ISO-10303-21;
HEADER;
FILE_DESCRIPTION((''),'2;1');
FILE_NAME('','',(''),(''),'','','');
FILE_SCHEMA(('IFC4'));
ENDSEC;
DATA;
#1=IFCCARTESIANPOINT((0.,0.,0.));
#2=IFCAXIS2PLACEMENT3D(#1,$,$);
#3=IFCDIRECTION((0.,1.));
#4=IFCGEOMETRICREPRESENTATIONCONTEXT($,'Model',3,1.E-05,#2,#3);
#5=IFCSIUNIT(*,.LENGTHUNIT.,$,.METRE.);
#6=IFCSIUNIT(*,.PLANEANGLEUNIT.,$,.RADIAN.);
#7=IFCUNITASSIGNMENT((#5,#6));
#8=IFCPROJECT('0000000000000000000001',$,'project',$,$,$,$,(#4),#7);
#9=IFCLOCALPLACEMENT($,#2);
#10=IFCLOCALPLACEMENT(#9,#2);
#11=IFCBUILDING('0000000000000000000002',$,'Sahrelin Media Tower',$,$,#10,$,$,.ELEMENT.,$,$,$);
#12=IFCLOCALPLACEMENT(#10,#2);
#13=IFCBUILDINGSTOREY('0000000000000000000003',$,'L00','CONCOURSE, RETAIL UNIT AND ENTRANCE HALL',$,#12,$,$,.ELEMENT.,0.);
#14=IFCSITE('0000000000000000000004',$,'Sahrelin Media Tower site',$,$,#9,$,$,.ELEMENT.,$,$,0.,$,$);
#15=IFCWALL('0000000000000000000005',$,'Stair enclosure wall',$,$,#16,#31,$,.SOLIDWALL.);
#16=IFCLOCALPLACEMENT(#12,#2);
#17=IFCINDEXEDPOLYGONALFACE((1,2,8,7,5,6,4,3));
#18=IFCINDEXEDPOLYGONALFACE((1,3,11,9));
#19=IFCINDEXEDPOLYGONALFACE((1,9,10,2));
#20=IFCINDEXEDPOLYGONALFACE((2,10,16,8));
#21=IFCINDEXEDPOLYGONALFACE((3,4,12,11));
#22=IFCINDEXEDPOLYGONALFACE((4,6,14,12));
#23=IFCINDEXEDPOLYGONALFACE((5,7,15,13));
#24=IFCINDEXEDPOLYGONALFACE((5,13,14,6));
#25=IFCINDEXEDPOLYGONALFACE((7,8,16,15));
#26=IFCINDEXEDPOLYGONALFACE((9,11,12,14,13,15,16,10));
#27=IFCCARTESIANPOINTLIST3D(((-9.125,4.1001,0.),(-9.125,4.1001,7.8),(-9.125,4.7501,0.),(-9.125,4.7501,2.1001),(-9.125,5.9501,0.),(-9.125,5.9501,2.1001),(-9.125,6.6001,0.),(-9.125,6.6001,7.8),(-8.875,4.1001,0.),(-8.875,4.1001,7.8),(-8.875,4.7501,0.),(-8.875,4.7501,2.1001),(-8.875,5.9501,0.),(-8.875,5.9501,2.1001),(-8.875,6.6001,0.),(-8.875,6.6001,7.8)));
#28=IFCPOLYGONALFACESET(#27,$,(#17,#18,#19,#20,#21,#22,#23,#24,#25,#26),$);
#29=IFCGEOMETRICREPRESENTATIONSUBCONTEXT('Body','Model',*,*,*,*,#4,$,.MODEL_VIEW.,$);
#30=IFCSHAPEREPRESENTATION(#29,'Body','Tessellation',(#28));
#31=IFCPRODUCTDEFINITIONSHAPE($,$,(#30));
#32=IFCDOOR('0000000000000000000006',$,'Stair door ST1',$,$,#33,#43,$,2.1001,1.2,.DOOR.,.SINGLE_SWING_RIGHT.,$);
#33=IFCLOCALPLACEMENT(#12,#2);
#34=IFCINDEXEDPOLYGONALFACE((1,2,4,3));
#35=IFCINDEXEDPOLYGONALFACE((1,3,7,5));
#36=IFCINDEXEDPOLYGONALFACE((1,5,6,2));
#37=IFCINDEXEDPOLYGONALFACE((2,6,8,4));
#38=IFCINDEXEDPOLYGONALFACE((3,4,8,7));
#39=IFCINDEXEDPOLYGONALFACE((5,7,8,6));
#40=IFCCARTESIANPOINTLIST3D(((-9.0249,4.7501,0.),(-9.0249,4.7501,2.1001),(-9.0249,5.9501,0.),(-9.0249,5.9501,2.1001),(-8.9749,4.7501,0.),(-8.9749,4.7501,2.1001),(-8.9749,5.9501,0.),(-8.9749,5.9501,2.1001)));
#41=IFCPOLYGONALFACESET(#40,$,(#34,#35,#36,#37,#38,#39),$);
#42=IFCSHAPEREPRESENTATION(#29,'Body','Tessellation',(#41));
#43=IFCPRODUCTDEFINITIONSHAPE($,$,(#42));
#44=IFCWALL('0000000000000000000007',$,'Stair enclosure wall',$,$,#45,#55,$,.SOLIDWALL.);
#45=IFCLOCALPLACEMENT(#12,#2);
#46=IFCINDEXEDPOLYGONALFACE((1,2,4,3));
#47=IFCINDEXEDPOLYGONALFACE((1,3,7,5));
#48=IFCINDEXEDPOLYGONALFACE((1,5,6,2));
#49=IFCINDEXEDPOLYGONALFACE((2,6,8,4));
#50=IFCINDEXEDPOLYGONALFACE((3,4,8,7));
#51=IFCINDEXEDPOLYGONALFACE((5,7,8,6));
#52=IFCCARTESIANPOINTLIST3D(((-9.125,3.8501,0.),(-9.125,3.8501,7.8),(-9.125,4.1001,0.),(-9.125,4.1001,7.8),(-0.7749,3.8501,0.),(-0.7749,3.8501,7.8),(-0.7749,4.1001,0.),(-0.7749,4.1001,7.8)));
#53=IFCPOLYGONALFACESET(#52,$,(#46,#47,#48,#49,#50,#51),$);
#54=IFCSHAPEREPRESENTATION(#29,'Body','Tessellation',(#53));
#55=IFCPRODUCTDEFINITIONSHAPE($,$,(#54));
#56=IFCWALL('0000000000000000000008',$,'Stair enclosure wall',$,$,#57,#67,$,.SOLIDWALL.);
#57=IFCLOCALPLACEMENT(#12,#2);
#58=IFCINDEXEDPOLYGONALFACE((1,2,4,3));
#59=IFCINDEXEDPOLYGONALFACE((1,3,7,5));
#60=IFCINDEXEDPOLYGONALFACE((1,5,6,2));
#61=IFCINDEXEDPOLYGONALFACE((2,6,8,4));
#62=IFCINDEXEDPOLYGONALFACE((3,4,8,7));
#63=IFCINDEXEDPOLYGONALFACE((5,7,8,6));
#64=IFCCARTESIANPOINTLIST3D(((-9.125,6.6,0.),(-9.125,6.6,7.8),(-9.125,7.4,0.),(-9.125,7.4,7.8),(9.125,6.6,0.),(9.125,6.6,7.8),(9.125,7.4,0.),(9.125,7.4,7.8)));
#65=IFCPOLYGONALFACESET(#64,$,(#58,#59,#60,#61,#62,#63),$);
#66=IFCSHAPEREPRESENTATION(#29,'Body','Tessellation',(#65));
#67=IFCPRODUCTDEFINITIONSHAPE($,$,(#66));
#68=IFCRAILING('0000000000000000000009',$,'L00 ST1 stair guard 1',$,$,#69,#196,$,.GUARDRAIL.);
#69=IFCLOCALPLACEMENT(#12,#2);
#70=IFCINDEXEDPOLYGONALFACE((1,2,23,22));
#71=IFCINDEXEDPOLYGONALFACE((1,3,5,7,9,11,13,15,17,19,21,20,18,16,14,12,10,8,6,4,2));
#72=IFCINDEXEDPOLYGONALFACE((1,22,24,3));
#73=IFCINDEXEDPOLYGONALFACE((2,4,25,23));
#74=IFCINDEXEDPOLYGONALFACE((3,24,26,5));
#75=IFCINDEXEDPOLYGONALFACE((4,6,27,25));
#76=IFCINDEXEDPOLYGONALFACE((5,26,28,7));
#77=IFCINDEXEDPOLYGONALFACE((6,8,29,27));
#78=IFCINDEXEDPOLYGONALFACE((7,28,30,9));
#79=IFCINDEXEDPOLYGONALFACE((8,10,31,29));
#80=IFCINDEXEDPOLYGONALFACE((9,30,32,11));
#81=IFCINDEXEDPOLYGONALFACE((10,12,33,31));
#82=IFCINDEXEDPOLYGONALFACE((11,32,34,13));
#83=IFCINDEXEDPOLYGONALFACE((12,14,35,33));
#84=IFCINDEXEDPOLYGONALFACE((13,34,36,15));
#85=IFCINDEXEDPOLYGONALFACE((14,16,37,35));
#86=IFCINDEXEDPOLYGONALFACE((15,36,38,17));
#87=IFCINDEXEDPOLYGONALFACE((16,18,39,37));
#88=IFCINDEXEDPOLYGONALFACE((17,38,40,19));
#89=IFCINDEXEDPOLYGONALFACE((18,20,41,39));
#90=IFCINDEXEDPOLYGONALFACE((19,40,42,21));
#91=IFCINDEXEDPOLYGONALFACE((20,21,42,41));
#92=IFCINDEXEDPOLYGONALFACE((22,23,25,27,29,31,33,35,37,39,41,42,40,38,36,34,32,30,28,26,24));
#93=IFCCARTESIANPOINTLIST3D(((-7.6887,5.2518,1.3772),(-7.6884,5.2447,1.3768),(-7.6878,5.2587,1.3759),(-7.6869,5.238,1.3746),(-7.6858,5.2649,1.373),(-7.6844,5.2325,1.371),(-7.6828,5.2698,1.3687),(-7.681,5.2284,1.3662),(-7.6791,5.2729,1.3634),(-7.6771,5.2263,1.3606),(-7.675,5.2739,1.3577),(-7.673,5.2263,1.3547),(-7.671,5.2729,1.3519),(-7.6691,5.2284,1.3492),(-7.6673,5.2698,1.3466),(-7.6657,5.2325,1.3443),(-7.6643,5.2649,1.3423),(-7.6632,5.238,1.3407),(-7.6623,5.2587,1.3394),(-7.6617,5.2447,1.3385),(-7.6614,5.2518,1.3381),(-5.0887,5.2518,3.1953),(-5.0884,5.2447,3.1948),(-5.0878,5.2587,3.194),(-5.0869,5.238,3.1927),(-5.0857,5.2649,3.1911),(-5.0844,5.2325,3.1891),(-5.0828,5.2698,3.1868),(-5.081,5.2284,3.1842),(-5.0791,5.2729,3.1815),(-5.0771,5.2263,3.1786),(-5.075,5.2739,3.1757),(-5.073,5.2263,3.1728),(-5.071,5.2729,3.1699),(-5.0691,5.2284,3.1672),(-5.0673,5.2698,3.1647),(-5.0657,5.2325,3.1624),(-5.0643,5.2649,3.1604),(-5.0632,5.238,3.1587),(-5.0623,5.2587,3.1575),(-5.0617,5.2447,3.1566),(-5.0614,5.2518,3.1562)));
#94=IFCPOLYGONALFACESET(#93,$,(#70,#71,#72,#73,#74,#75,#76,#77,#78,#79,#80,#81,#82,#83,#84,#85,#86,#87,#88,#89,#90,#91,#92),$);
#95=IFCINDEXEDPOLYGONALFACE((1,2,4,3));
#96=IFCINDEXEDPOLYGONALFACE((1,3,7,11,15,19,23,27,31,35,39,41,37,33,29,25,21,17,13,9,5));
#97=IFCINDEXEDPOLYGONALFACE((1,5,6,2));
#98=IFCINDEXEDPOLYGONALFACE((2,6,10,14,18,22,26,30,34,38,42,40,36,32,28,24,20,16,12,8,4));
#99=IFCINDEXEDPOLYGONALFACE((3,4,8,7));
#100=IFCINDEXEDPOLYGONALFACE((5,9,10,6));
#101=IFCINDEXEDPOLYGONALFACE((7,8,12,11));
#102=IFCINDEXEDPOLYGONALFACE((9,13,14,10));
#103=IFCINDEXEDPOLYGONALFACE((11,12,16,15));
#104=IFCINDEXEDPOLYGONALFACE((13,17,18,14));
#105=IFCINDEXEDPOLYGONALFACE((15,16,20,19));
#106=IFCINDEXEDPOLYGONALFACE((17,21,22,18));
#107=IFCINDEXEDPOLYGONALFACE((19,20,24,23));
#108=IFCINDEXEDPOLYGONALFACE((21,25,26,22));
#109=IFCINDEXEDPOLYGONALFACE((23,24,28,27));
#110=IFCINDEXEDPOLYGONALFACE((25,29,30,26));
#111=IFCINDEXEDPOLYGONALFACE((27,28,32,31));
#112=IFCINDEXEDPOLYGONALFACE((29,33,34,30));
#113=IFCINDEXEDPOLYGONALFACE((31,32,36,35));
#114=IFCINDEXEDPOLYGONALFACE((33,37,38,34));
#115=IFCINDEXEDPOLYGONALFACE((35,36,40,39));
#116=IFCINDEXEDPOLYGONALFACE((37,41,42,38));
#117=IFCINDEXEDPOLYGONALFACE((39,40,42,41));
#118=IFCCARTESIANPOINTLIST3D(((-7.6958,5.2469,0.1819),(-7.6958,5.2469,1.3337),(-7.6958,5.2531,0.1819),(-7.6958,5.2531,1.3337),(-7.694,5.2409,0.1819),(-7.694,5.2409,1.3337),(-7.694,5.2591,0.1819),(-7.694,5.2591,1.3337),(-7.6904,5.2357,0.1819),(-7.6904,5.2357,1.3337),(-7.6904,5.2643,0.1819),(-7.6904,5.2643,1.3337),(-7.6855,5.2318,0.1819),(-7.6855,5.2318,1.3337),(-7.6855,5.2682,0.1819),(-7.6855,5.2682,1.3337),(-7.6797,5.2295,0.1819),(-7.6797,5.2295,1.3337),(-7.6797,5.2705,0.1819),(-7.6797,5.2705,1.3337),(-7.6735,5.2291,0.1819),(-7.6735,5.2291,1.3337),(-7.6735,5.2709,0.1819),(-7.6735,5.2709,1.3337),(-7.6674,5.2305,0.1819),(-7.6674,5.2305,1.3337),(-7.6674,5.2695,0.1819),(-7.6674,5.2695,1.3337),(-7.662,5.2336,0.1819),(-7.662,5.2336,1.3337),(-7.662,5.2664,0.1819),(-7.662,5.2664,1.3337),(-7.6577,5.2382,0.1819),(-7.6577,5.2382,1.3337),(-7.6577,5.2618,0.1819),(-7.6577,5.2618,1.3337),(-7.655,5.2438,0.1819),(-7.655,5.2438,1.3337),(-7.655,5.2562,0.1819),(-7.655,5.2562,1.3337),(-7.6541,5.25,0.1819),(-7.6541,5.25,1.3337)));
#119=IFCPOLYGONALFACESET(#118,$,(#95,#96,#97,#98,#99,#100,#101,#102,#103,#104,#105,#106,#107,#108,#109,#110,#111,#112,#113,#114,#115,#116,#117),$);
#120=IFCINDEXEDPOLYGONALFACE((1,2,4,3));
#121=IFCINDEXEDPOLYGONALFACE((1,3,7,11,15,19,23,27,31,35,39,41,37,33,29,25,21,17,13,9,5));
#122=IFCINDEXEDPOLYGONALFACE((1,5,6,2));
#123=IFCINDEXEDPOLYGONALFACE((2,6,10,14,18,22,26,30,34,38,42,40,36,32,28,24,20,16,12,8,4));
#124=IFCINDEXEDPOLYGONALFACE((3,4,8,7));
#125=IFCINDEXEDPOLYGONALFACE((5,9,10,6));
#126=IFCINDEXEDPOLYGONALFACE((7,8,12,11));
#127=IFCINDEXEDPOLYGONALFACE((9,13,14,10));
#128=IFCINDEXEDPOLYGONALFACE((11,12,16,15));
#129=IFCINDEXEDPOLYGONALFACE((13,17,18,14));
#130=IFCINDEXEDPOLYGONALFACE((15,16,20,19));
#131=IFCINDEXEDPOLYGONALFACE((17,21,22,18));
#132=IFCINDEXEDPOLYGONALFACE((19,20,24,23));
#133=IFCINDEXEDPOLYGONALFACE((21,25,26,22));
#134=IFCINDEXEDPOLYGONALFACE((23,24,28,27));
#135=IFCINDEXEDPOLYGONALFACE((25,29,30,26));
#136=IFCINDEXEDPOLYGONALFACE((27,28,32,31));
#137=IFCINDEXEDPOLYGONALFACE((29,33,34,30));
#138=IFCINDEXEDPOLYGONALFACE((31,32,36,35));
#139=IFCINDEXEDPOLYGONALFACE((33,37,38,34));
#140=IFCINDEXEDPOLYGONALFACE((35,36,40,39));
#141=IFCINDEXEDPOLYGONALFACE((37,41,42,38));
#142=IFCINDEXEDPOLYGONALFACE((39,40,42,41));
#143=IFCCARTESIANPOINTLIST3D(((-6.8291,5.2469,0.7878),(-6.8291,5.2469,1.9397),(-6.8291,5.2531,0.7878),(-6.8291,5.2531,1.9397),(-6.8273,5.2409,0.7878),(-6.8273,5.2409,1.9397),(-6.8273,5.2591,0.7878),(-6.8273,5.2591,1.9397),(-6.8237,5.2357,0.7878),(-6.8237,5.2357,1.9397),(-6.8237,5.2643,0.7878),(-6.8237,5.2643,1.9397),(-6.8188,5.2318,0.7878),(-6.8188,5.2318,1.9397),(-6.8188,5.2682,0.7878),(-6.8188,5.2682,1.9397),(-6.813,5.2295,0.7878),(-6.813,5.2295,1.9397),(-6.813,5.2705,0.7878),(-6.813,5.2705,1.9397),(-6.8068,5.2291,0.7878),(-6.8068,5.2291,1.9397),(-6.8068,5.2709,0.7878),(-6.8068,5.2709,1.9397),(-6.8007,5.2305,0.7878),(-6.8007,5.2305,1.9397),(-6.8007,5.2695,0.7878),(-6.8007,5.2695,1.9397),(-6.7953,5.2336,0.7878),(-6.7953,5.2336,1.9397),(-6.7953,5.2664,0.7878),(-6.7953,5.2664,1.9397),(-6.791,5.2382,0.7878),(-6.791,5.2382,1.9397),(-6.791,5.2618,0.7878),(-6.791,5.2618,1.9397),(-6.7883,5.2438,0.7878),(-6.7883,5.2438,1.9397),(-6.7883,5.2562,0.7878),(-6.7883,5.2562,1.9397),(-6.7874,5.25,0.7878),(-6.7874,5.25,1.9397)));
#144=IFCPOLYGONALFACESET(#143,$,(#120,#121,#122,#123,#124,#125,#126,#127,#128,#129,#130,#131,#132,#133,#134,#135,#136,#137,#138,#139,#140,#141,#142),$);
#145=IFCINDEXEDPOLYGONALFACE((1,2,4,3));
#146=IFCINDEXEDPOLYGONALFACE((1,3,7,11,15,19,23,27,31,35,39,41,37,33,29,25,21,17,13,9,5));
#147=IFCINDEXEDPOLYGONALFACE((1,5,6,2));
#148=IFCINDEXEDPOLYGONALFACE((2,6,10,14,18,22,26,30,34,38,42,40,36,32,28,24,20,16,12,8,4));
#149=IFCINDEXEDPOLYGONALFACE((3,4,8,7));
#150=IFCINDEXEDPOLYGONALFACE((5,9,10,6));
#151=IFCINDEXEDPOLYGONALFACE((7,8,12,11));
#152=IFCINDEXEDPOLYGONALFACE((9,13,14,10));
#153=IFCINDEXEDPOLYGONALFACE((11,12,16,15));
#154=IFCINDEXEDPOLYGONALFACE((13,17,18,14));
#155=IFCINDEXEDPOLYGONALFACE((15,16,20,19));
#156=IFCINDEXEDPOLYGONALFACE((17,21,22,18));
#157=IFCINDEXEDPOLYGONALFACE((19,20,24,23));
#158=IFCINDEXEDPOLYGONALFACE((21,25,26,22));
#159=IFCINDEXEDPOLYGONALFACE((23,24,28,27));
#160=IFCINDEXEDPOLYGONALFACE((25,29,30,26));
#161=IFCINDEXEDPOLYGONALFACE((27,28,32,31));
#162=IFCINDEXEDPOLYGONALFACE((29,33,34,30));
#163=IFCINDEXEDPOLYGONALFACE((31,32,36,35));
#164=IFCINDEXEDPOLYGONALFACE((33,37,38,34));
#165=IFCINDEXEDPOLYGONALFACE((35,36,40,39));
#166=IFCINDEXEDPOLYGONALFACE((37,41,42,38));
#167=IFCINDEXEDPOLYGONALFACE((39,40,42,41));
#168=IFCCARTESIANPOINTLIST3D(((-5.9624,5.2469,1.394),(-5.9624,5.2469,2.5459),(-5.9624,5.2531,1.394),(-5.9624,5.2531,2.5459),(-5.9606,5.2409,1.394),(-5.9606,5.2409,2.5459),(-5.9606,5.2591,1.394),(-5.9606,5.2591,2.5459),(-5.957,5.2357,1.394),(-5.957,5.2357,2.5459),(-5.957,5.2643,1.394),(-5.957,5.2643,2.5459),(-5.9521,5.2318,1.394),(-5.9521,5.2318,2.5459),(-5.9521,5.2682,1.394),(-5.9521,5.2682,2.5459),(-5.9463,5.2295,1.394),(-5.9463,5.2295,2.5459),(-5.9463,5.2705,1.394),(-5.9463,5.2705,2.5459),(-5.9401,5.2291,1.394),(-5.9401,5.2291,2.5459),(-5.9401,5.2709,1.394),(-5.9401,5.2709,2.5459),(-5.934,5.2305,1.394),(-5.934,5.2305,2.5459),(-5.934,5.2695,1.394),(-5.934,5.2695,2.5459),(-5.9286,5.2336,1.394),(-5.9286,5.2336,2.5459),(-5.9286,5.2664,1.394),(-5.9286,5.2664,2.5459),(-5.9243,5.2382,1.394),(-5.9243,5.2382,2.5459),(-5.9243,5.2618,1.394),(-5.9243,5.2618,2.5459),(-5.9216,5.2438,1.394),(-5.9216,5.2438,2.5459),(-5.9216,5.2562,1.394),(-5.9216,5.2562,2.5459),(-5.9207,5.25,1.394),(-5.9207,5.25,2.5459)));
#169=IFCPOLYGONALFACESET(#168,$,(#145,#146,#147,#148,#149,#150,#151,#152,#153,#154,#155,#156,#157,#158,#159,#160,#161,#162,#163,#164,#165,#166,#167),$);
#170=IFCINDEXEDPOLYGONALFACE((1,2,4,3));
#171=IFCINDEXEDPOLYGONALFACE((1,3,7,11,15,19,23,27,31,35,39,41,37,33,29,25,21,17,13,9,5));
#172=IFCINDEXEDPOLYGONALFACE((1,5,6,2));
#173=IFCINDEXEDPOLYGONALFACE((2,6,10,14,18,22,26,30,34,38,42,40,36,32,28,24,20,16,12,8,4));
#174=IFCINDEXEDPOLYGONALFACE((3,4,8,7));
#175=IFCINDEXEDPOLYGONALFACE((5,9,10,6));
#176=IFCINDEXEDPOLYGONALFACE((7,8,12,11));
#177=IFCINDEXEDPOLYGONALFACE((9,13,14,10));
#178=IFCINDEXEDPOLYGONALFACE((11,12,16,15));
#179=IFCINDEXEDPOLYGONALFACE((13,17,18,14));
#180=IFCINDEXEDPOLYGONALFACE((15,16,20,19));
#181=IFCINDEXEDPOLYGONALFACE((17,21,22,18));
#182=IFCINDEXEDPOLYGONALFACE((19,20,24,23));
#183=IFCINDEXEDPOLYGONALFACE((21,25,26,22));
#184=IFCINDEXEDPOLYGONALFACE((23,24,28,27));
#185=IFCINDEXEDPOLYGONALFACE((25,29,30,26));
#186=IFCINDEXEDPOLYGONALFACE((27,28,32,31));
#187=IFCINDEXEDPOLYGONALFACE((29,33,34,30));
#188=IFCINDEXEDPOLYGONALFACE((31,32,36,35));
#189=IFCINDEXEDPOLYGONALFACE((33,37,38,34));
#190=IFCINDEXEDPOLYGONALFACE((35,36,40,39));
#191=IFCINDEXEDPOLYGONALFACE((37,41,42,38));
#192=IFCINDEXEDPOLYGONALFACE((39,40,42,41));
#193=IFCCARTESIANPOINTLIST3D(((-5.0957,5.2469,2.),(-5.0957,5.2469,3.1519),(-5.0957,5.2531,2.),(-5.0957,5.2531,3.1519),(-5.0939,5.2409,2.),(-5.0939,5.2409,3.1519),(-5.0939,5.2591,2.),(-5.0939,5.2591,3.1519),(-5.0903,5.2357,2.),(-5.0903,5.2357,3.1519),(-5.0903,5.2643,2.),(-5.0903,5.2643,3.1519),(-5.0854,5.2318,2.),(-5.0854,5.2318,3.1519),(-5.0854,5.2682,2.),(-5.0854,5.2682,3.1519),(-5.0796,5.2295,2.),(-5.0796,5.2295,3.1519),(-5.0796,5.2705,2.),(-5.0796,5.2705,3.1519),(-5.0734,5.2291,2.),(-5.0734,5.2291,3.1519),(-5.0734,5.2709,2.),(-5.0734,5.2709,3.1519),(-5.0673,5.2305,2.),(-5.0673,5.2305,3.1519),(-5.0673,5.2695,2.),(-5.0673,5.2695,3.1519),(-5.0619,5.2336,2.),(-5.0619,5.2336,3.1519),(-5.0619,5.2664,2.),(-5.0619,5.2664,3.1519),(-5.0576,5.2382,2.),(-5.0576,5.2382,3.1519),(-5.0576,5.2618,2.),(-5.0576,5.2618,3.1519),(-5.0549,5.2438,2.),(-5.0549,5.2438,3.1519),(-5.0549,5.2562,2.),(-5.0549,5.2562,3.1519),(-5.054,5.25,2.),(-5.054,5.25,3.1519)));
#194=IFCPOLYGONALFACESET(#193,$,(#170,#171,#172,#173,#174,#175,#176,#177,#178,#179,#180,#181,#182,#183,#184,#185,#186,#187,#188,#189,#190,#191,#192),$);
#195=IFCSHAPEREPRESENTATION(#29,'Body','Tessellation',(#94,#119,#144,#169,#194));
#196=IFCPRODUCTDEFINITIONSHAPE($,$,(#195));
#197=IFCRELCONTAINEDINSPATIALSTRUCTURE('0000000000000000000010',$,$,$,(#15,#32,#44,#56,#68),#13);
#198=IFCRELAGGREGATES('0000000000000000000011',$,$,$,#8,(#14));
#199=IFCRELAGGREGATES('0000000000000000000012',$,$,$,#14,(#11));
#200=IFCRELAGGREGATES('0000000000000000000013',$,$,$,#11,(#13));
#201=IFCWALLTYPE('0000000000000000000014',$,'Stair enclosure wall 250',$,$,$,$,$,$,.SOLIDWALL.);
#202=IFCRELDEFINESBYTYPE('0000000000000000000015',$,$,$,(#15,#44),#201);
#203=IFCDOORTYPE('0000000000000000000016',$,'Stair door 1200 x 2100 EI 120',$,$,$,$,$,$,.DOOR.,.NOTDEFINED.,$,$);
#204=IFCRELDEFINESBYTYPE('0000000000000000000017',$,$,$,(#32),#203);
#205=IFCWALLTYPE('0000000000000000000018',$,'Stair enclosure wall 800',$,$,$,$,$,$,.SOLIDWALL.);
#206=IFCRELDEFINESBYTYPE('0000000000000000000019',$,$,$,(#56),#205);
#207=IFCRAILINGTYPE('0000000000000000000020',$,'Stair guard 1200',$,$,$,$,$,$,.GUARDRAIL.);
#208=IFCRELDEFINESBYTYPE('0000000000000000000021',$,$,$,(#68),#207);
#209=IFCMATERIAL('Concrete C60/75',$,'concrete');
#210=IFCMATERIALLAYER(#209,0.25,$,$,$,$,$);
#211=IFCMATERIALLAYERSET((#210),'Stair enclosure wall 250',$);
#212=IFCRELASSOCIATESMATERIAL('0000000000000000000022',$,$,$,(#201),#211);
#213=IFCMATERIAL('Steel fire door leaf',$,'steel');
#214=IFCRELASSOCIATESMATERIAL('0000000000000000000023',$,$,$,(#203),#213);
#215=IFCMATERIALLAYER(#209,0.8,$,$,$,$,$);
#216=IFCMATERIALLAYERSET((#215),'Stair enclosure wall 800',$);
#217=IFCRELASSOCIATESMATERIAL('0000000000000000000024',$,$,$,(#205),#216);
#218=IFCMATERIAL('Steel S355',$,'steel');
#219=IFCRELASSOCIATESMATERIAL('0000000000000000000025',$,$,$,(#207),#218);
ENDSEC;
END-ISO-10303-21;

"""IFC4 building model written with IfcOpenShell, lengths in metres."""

from ifc_helpers import new_model, si_unit, direction, frame, frame_2d, origin, origin_2d, place, context, subcontext, project, spatial, rectangle, circle, extrude, material, layer, layer_set, type_object, element, fill, save


model = new_model("IFC4")

# Units and contexts
model_context = context("Model", 3, precision=1e-05, world=origin(), true_north=direction((0.0, 1.0)))
body_context = subcontext(model_context, "Body", "Model", "MODEL_VIEW")
ifc_project = project(units=[si_unit("LENGTHUNIT", "METRE"), si_unit("PLANEANGLEUNIT", "RADIAN")], contexts=[model_context])

# Site, building, storey
site_placement = place(None, origin())
site = spatial("IfcSite", under=ifc_project, at=site_placement, Name="Sahrelin Media Tower site", CompositionType="ELEMENT", RefElevation=0.0)
building_placement = place(site_placement, origin())
building = spatial("IfcBuilding", under=site, at=building_placement, Name="Sahrelin Media Tower", CompositionType="ELEMENT")
storey_placement = place(building_placement, origin())
storey = spatial("IfcBuildingStorey", under=building, at=storey_placement, Name="L00", Description="CONCOURSE, RETAIL UNIT AND ENTRANCE HALL", CompositionType="ELEMENT", Elevation=0.0)

# Shared definitions
ifc_material_1 = material(Name="Steel S355", Category="steel")

# Shared definitions
ifc_material_2 = material(Name="Concrete C60/75", Category="concrete")
ifc_material_3 = material(Name="Steel fire door leaf", Category="steel")

# Wall, opening, door
ifc_layer_1 = layer(ifc_material_2, 0.25)
ifc_layer_set_1 = layer_set([ifc_layer_1], Name="Stair enclosure wall 250")
wall_type_1 = type_object("IfcWallType", Name="Stair enclosure wall 250", PredefinedType="SOLIDWALL", material=ifc_layer_set_1)
wall_1_placement = place(storey_placement, frame((-9.0, 4.1001, 0.0), z_axis=(0.0, 0.0, 1.0), x_axis=(0.0, 1.0, 0.0)))
wall_1 = element("IfcWall", 1, at=wall_1_placement, inside=storey, type_object=wall_type_1, Name="Stair enclosure wall", PredefinedType="SOLIDWALL", context=body_context, shape_type="SweptSolid", body=[
    extrude(rectangle(XDim=2.5, YDim=0.25, at=frame_2d((1.25, 0.0))), origin(), (0.0, 0.0, 1.0), 7.8),
])
opening_1_placement = place(wall_1_placement, frame((0.6499, 0.0, 0.0)))
opening_1 = element("IfcOpeningElement", 2, at=opening_1_placement, cuts=wall_1, PredefinedType="OPENING", context=body_context, shape_type="SweptSolid", body=[
    extrude(rectangle(XDim=1.2, YDim=2.1001, at=frame_2d((0.6001, 1.05))), frame((0.0, 0.125, 0.0), z_axis=(0.0, -1.0, 0.0), x_axis=(1.0, 0.0, 0.0)), (0.0, 0.0, 1.0), 0.25),
])
door_type_1 = type_object("IfcDoorType", Name="Stair door 1200 x 2100 EI 120", OperationType="NOTDEFINED", PredefinedType="DOOR", material=ifc_material_3)
door_1_placement = place(opening_1_placement, origin())
door_1 = element("IfcDoor", 3, at=door_1_placement, inside=storey, type_object=door_type_1, Name="Stair door ST1", OperationType="SINGLE_SWING_RIGHT", OverallHeight=2.1001, OverallWidth=1.2, PredefinedType="DOOR", context=body_context, shape_type="SweptSolid", body=[
    extrude(rectangle(XDim=1.2, YDim=2.1001, at=frame_2d((0.6001, 1.05))), frame((0.0, 0.0249, 0.0), z_axis=(0.0, -1.0, 0.0), x_axis=(1.0, 0.0, 0.0)), (0.0, 0.0, 1.0), 0.05),
])
fill(opening_1, door_1)

# Walls
wall_2_placement = place(storey_placement, frame((-9.125, 3.9751, 0.0), z_axis=(0.0, 0.0, 1.0), x_axis=(1.0, 0.0, 0.0)))
element("IfcWall", 4, at=wall_2_placement, inside=storey, type_object=wall_type_1, Name="Stair enclosure wall", PredefinedType="SOLIDWALL", context=body_context, shape_type="SweptSolid", body=[
    extrude(rectangle(XDim=8.3501, YDim=0.25, at=frame_2d((4.175, 0.0))), origin(), (0.0, 0.0, 1.0), 7.8),
])
ifc_layer_2 = layer(ifc_material_2, 0.8)
ifc_layer_set_2 = layer_set([ifc_layer_2], Name="Stair enclosure wall 800")
wall_type_2 = type_object("IfcWallType", Name="Stair enclosure wall 800", PredefinedType="SOLIDWALL", material=ifc_layer_set_2)
wall_3_placement = place(storey_placement, frame((-9.125, 7.0, 0.0), z_axis=(0.0, 0.0, 1.0), x_axis=(1.0, 0.0, 0.0)))
element("IfcWall", 5, at=wall_3_placement, inside=storey, type_object=wall_type_2, Name="Stair enclosure wall", PredefinedType="SOLIDWALL", context=body_context, shape_type="SweptSolid", body=[
    extrude(rectangle(XDim=18.25, YDim=0.8, at=frame_2d((9.125, 0.0))), origin(), (0.0, 0.0, 1.0), 7.8),
])

# Railing
railing_type_1 = type_object("IfcRailingType", Name="Stair guard 1200", PredefinedType="GUARDRAIL", material=ifc_material_1)
railing_1_placement = place(storey_placement, frame((-7.675, 5.25, 0.1819)))
element("IfcRailing", 6, at=railing_1_placement, inside=storey, type_object=railing_type_1, Name="L00 ST1 stair guard 1", PredefinedType="GUARDRAIL", context=body_context, shape_type="SweptSolid", body=[
    extrude(circle(Radius=0.0239, at=origin_2d()), frame((0.0, 0.0, 1.1758), z_axis=(0.819521, 0.0, 0.573049), x_axis=(0.0, 1.0, 0.0)), (0.0, 0.0, 1.0), 3.1726),
    extrude(circle(Radius=0.021, at=origin_2d()), origin(), (0.0, 0.0, 1.0), 1.1519),
    extrude(circle(Radius=0.021, at=origin_2d()), frame((0.8667, 0.0, 0.606)), (0.0, 0.0, 1.0), 1.1519),
    extrude(circle(Radius=0.021, at=origin_2d()), frame((1.7334, 0.0, 1.2122)), (0.0, 0.0, 1.0), 1.1519),
    extrude(circle(Radius=0.021, at=origin_2d()), frame((2.6001, 0.0, 1.8181)), (0.0, 0.0, 1.0), 1.1519),
])

save(model, "model.ifc")
